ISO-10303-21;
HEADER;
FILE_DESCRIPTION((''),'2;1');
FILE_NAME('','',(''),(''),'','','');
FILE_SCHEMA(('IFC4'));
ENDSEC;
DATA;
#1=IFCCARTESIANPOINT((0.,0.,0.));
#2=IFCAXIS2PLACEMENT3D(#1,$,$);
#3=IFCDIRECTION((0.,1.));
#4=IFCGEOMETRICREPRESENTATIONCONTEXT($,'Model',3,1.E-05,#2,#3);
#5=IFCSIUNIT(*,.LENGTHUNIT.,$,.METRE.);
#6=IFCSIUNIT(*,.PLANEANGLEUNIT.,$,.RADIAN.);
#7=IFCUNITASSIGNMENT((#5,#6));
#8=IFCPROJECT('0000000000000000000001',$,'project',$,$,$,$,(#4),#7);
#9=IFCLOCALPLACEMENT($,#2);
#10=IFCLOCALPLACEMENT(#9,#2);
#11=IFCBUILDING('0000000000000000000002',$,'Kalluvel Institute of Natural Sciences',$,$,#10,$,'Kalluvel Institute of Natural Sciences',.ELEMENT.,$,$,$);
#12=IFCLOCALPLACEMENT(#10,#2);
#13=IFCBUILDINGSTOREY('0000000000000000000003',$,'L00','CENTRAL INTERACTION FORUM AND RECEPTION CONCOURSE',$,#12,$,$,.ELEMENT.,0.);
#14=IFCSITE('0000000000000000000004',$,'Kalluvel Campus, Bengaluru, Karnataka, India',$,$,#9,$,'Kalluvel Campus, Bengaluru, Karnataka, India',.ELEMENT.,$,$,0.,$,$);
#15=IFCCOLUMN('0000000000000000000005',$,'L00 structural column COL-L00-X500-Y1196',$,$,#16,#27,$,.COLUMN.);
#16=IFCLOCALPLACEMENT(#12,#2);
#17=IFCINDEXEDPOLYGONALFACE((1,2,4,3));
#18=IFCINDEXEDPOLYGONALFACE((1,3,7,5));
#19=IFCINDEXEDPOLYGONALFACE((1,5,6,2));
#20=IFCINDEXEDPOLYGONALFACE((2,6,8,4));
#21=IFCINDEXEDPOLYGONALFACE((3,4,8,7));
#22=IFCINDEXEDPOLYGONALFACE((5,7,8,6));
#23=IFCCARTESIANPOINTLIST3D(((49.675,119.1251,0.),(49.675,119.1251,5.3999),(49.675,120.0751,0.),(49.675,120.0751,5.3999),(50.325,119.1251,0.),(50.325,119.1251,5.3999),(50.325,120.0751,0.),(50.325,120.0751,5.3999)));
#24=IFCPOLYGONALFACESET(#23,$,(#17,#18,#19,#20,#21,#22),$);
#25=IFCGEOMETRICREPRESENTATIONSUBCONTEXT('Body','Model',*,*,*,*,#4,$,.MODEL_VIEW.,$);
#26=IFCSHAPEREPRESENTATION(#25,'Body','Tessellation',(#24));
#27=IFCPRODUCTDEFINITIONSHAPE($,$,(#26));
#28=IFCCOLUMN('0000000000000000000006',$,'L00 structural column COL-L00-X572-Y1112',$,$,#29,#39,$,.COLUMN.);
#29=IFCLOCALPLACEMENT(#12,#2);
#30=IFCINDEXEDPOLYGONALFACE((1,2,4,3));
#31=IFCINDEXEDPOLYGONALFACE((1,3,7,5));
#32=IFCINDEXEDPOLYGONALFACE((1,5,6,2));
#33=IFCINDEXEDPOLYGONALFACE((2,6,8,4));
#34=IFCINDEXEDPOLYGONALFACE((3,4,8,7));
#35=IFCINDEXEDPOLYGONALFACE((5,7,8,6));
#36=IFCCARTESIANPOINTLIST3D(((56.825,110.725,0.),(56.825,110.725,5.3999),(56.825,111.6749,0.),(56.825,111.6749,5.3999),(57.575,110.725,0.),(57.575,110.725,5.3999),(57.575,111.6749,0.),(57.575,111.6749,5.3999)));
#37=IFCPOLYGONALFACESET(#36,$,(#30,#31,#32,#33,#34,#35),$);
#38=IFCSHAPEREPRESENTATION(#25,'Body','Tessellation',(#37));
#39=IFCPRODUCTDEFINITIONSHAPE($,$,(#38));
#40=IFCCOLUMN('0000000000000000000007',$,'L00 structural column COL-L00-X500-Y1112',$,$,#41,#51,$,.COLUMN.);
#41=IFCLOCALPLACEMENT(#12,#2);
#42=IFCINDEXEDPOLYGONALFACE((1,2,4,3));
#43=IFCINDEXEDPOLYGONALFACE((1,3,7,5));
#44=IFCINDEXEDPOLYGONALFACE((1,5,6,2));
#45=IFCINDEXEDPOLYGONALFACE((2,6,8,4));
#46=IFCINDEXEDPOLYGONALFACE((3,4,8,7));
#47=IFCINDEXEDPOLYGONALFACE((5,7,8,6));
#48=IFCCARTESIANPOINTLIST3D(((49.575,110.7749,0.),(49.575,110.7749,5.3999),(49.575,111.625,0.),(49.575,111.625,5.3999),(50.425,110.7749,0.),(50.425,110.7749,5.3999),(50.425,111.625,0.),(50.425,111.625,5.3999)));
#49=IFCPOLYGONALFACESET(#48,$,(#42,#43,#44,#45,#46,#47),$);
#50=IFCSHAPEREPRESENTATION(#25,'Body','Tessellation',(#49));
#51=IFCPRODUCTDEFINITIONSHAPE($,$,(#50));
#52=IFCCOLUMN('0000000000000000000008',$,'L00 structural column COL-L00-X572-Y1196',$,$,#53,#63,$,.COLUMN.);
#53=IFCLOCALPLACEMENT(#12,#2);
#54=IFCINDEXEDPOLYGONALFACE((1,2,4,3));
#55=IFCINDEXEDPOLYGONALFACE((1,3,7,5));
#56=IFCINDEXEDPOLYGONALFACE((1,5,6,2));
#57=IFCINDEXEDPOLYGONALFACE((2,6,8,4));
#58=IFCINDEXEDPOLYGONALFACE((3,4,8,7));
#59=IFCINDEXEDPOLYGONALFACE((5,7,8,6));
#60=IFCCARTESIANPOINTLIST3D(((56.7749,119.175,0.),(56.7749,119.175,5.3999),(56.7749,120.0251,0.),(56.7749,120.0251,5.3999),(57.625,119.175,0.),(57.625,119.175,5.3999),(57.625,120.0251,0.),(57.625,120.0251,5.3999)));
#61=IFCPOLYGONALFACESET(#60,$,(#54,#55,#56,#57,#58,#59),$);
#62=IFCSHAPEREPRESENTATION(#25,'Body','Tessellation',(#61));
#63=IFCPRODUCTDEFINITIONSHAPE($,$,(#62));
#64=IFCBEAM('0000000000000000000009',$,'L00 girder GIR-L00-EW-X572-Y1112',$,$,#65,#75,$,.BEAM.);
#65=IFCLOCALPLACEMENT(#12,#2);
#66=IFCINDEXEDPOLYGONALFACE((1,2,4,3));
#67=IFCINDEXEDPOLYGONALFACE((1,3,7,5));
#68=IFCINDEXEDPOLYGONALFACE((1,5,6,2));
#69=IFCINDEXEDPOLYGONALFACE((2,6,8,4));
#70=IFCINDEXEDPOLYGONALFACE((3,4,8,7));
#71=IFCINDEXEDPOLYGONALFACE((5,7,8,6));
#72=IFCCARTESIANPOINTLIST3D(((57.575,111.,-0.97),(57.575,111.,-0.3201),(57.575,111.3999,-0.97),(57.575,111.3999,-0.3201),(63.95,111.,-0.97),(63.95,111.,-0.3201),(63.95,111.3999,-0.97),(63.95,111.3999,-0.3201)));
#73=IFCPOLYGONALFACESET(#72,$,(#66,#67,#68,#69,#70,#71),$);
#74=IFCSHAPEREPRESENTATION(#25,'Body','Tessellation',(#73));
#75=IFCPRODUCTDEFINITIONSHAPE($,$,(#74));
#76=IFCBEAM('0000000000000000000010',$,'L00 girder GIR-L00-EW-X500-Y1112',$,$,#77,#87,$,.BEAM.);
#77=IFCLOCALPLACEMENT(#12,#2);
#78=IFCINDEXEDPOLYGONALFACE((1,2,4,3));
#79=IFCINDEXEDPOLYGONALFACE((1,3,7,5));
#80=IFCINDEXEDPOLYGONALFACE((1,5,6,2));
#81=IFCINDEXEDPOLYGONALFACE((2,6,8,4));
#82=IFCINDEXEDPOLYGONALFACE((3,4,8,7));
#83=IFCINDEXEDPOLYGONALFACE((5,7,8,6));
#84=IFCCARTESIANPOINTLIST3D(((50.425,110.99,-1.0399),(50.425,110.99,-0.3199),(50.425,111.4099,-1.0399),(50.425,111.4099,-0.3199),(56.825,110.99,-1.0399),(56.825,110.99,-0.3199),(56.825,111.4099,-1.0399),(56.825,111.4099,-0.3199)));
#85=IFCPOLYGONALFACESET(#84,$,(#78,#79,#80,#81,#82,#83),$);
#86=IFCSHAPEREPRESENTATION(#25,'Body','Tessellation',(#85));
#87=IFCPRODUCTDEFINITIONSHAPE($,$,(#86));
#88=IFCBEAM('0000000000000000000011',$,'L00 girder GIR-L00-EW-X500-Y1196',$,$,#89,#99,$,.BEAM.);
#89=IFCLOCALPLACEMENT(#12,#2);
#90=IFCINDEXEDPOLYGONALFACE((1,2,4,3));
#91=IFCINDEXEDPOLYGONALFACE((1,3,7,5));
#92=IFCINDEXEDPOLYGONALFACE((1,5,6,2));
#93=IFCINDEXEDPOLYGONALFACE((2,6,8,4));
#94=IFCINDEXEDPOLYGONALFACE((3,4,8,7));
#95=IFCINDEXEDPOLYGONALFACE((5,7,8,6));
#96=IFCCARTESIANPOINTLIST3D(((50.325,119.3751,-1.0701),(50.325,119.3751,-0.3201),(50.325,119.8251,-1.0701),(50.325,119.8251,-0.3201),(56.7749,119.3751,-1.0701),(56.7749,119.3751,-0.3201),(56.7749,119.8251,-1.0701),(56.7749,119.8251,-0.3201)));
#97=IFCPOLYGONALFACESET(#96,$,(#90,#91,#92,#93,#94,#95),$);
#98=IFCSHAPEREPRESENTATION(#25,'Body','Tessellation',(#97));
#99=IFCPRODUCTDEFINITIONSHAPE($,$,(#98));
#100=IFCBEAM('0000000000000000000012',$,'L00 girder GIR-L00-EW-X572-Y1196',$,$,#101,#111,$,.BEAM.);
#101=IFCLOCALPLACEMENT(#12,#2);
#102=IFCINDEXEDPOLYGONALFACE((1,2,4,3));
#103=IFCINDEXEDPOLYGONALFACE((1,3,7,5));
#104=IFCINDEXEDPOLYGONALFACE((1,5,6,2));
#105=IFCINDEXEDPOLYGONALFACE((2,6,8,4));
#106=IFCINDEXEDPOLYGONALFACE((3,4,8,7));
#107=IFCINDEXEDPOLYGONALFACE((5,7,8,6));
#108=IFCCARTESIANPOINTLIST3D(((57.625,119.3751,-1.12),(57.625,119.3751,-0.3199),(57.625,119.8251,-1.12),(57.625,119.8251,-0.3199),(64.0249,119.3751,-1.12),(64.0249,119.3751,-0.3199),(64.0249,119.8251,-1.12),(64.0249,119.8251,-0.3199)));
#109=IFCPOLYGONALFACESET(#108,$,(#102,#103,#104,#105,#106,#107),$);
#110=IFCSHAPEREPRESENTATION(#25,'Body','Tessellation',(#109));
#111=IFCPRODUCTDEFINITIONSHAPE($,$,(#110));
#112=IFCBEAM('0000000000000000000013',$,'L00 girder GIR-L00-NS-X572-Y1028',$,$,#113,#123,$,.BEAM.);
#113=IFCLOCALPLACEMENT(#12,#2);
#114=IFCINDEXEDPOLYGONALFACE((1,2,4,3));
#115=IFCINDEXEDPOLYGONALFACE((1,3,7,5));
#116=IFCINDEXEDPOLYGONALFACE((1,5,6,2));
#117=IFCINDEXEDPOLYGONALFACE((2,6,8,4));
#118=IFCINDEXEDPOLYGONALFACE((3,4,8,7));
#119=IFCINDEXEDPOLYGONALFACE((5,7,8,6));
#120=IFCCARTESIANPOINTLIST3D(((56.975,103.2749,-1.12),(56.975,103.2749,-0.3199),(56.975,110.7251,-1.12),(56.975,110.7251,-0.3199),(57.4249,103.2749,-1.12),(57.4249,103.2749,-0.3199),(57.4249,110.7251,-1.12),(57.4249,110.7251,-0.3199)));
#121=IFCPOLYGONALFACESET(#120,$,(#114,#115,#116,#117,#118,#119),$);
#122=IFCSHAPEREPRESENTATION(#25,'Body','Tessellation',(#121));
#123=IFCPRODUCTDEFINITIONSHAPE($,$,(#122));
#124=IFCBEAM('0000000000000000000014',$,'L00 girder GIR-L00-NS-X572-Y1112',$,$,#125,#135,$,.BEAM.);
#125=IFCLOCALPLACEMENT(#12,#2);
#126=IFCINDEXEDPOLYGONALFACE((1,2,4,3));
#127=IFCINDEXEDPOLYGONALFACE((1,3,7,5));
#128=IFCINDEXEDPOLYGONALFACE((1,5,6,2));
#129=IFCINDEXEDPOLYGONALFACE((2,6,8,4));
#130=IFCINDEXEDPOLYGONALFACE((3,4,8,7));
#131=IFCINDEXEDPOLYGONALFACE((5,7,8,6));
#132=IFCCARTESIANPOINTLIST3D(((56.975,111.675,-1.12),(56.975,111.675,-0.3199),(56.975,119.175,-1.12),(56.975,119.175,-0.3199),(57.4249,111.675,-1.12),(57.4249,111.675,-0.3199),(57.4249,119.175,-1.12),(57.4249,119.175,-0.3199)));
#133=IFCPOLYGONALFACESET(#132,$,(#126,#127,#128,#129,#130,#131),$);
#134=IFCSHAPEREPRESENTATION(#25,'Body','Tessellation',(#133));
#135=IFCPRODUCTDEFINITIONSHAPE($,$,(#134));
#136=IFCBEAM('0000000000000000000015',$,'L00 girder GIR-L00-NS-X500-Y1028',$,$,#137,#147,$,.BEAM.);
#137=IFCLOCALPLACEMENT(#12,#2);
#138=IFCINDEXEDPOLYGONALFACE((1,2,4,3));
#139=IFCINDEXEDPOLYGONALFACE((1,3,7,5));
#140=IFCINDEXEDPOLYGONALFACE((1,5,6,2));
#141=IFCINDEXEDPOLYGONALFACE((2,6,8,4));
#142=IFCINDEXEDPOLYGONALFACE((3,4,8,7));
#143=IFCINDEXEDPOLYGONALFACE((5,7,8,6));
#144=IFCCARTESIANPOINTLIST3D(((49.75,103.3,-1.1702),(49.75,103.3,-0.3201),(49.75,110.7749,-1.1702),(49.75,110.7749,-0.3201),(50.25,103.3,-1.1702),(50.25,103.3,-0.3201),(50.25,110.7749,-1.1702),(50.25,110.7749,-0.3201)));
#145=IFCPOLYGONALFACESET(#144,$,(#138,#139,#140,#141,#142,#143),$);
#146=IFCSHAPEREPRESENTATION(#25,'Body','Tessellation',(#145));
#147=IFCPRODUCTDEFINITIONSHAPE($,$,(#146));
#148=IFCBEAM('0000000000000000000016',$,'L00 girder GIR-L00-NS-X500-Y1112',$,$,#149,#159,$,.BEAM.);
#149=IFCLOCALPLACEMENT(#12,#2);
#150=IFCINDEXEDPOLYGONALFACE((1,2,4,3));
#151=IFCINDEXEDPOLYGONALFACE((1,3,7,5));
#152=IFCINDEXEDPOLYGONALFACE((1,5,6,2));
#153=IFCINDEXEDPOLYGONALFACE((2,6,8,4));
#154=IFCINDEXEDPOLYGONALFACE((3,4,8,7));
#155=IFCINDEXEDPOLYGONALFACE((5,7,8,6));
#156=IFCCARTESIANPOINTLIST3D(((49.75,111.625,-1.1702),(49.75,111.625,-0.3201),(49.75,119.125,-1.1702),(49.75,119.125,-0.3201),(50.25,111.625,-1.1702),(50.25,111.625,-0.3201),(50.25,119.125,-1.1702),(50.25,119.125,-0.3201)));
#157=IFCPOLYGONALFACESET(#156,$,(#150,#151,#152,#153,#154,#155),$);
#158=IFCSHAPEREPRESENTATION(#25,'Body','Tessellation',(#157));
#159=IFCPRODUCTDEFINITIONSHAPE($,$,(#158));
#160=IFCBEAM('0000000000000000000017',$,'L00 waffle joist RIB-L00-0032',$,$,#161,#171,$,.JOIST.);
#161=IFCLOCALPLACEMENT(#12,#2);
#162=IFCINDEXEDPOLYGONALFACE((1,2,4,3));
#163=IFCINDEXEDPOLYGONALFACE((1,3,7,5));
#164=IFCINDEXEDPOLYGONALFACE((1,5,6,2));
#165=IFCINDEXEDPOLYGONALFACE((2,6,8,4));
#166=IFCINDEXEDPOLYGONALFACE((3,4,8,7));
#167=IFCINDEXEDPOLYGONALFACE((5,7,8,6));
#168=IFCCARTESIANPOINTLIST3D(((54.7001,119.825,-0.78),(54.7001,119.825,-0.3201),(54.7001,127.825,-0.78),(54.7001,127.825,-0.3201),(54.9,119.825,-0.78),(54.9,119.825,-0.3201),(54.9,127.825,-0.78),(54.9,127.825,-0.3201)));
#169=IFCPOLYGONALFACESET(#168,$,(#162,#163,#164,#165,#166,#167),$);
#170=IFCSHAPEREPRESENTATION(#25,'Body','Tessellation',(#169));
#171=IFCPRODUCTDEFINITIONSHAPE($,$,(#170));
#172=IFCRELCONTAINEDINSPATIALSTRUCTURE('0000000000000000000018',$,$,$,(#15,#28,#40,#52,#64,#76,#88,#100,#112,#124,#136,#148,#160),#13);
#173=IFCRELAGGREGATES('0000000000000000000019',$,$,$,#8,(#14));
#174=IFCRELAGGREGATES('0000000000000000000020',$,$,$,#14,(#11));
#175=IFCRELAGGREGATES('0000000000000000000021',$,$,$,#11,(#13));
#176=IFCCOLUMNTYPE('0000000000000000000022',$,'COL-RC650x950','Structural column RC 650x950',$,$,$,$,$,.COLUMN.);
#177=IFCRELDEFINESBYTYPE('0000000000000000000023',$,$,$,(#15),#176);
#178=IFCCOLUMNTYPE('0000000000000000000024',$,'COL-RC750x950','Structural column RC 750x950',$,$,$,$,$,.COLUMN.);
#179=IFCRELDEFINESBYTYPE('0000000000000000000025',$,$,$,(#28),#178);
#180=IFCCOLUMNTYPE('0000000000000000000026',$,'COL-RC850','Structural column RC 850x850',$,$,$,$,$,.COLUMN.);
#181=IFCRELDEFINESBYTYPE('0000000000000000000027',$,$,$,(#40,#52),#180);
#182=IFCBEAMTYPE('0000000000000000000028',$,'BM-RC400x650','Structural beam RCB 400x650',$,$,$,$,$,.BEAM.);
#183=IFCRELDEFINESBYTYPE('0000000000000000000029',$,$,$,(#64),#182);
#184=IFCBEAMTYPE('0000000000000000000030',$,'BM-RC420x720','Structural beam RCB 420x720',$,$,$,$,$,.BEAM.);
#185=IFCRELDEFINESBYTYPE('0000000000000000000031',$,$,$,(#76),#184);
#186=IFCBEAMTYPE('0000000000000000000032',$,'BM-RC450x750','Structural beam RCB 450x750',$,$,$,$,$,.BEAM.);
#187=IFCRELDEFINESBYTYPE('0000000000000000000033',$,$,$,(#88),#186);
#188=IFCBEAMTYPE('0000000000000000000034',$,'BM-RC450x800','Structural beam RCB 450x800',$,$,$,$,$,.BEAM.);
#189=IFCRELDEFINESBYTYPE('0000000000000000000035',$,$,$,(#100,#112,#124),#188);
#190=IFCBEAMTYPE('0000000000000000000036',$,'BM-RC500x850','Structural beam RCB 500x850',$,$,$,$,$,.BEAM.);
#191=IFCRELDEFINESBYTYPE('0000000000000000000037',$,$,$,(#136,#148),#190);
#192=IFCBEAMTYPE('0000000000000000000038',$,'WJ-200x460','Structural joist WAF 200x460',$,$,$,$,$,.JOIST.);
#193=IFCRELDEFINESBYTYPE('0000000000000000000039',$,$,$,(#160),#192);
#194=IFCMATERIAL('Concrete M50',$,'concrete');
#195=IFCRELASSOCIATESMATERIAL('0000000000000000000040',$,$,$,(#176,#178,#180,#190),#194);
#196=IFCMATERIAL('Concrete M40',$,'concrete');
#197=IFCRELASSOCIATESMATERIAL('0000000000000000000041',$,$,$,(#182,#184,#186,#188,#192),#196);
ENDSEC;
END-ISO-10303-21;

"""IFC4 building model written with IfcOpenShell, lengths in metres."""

from ifc_helpers import new_model, si_unit, direction, frame, origin, origin_2d, place, context, subcontext, project, spatial, rectangle, extrude, material, material_profile, profile_set, type_object, element, save


model = new_model("IFC4")

# Units and contexts
model_context = context("Model", 3, precision=1e-05, world=origin(), true_north=direction((0.0, 1.0)))
body_context = subcontext(model_context, "Body", "Model", "MODEL_VIEW")
ifc_project = project(units=[si_unit("LENGTHUNIT", "METRE"), si_unit("PLANEANGLEUNIT", "RADIAN")], contexts=[model_context])

# Site, building, storey
site_placement = place(None, origin())
site = spatial("IfcSite", under=ifc_project, at=site_placement, Name="Kalluvel Campus, Bengaluru, Karnataka, India", LongName="Kalluvel Campus, Bengaluru, Karnataka, India", CompositionType="ELEMENT", RefElevation=0.0)
building_placement = place(site_placement, origin())
building = spatial("IfcBuilding", under=site, at=building_placement, Name="Kalluvel Institute of Natural Sciences", LongName="Kalluvel Institute of Natural Sciences", CompositionType="ELEMENT")
storey_placement = place(building_placement, origin())
storey = spatial("IfcBuildingStorey", under=building, at=storey_placement, Name="L00", Description="CENTRAL INTERACTION FORUM AND RECEPTION CONCOURSE", CompositionType="ELEMENT", Elevation=0.0)

# Columns
ifc_material_1 = material(Name="Concrete M50", Category="concrete")
ifc_material_profile_1 = material_profile(ifc_material_1, rectangle(XDim=0.6499, YDim=0.95, at=origin_2d()), Name="RC 650x950")
ifc_profile_set_1 = profile_set([ifc_material_profile_1], Name="Concrete M50")
column_type_1 = type_object("IfcColumnType", Name="COL-RC650x950", Description="Structural column RC 650x950", PredefinedType="COLUMN", material=ifc_profile_set_1)
column_1_placement = place(storey_placement, frame((50.0, 119.6001, 0.0), z_axis=(0.0, 0.0, 1.0), x_axis=(1.0, 0.0, 0.0)))
element("IfcColumn", 1, at=column_1_placement, inside=storey, type_object=column_type_1, Name="L00 structural column COL-L00-X500-Y1196", PredefinedType="COLUMN", context=body_context, shape_type="SweptSolid", body=[
    extrude(rectangle(XDim=0.6499, YDim=0.95, at=origin_2d()), origin(), (0.0, 0.0, 1.0), 5.3999),
])
ifc_material_profile_2 = material_profile(ifc_material_1, rectangle(XDim=0.75, YDim=0.95, at=origin_2d()), Name="RC 750x950")
ifc_profile_set_2 = profile_set([ifc_material_profile_2], Name="Concrete M50")
column_type_2 = type_object("IfcColumnType", Name="COL-RC750x950", Description="Structural column RC 750x950", PredefinedType="COLUMN", material=ifc_profile_set_2)
column_2_placement = place(storey_placement, frame((57.2, 111.2, 0.0), z_axis=(0.0, 0.0, 1.0), x_axis=(1.0, 0.0, 0.0)))
element("IfcColumn", 2, at=column_2_placement, inside=storey, type_object=column_type_2, Name="L00 structural column COL-L00-X572-Y1112", PredefinedType="COLUMN", context=body_context, shape_type="SweptSolid", body=[
    extrude(rectangle(XDim=0.75, YDim=0.95, at=origin_2d()), origin(), (0.0, 0.0, 1.0), 5.3999),
])
ifc_material_profile_3 = material_profile(ifc_material_1, rectangle(XDim=0.8501, YDim=0.8501, at=origin_2d()), Name="RC 850x850")
ifc_profile_set_3 = profile_set([ifc_material_profile_3], Name="Concrete M50")
column_type_3 = type_object("IfcColumnType", Name="COL-RC850", Description="Structural column RC 850x850", PredefinedType="COLUMN", material=ifc_profile_set_3)
for number, where, z_axis, x_axis, name in (
    (3, (50.0, 111.2, 0.0), (0.0, 0.0, 1.0), (1.0, 0.0, 0.0), "L00 structural column COL-L00-X500-Y1112"),
    (4, (57.2, 119.6001, 0.0), (0.0, 0.0, 1.0), (1.0, 0.0, 0.0), "L00 structural column COL-L00-X572-Y1196"),
):
    element("IfcColumn", number, at=place(storey_placement, frame(where, z_axis=z_axis, x_axis=x_axis)), inside=storey, type_object=column_type_3, Name=name, PredefinedType="COLUMN", context=body_context, shape_type="SweptSolid", body=[
        extrude(rectangle(XDim=0.8501, YDim=0.8501, at=origin_2d()), origin(), (0.0, 0.0, 1.0), 5.3999),
    ])

# Beams
ifc_material_2 = material(Name="Concrete M40", Category="concrete")
ifc_material_profile_4 = material_profile(ifc_material_2, rectangle(XDim=0.3999, YDim=0.6499, at=origin_2d()), Name="RCB 400x650")
ifc_profile_set_4 = profile_set([ifc_material_profile_4], Name="Concrete M40")
beam_type_1 = type_object("IfcBeamType", Name="BM-RC400x650", Description="Structural beam RCB 400x650", PredefinedType="BEAM", material=ifc_profile_set_4)
beam_1_placement = place(storey_placement, frame((57.575, 111.2, -0.645), z_axis=(1.0, 0.0, 0.0), x_axis=(0.0, 1.0, 0.0)))
element("IfcBeam", 5, at=beam_1_placement, inside=storey, type_object=beam_type_1, Name="L00 girder GIR-L00-EW-X572-Y1112", PredefinedType="BEAM", context=body_context, shape_type="SweptSolid", body=[
    extrude(rectangle(XDim=0.3999, YDim=0.6499, at=origin_2d()), origin(), (0.0, 0.0, 1.0), 6.375),
])
ifc_material_profile_5 = material_profile(ifc_material_2, rectangle(XDim=0.4199, YDim=0.72, at=origin_2d()), Name="RCB 420x720")
ifc_profile_set_5 = profile_set([ifc_material_profile_5], Name="Concrete M40")
beam_type_2 = type_object("IfcBeamType", Name="BM-RC420x720", Description="Structural beam RCB 420x720", PredefinedType="BEAM", material=ifc_profile_set_5)
beam_2_placement = place(storey_placement, frame((50.425, 111.2, -0.6799), z_axis=(1.0, 0.0, 0.0), x_axis=(0.0, 1.0, 0.0)))
element("IfcBeam", 6, at=beam_2_placement, inside=storey, type_object=beam_type_2, Name="L00 girder GIR-L00-EW-X500-Y1112", PredefinedType="BEAM", context=body_context, shape_type="SweptSolid", body=[
    extrude(rectangle(XDim=0.4199, YDim=0.72, at=origin_2d()), origin(), (0.0, 0.0, 1.0), 6.3999),
])
ifc_material_profile_6 = material_profile(ifc_material_2, rectangle(XDim=0.45, YDim=0.75, at=origin_2d()), Name="RCB 450x750")
ifc_profile_set_6 = profile_set([ifc_material_profile_6], Name="Concrete M40")
beam_type_3 = type_object("IfcBeamType", Name="BM-RC450x750", Description="Structural beam RCB 450x750", PredefinedType="BEAM", material=ifc_profile_set_6)
beam_3_placement = place(storey_placement, frame((50.325, 119.6001, -0.6951), z_axis=(1.0, 0.0, 0.0), x_axis=(0.0, 1.0, 0.0)))
element("IfcBeam", 7, at=beam_3_placement, inside=storey, type_object=beam_type_3, Name="L00 girder GIR-L00-EW-X500-Y1196", PredefinedType="BEAM", context=body_context, shape_type="SweptSolid", body=[
    extrude(rectangle(XDim=0.45, YDim=0.75, at=origin_2d()), origin(), (0.0, 0.0, 1.0), 6.45),
])
ifc_material_profile_7 = material_profile(ifc_material_2, rectangle(XDim=0.45, YDim=0.8, at=origin_2d()), Name="RCB 450x800")
ifc_profile_set_7 = profile_set([ifc_material_profile_7], Name="Concrete M40")
beam_type_4 = type_object("IfcBeamType", Name="BM-RC450x800", Description="Structural beam RCB 450x800", PredefinedType="BEAM", material=ifc_profile_set_7)
beam_4_placement = place(storey_placement, frame((57.625, 119.6001, -0.72), z_axis=(1.0, 0.0, 0.0), x_axis=(0.0, 1.0, 0.0)))
element("IfcBeam", 8, at=beam_4_placement, inside=storey, type_object=beam_type_4, Name="L00 girder GIR-L00-EW-X572-Y1196", PredefinedType="BEAM", context=body_context, shape_type="SweptSolid", body=[
    extrude(rectangle(XDim=0.45, YDim=0.8, at=origin_2d()), origin(), (0.0, 0.0, 1.0), 6.3999),
])
beam_5_placement = place(storey_placement, frame((57.2, 103.2749, -0.72), z_axis=(0.0, 1.0, 0.0), x_axis=(-1.0, 0.0, 0.0)))
element("IfcBeam", 9, at=beam_5_placement, inside=storey, type_object=beam_type_4, Name="L00 girder GIR-L00-NS-X572-Y1028", PredefinedType="BEAM", context=body_context, shape_type="SweptSolid", body=[
    extrude(rectangle(XDim=0.45, YDim=0.8, at=origin_2d()), origin(), (0.0, 0.0, 1.0), 7.4502),
])
beam_6_placement = place(storey_placement, frame((57.2, 111.675, -0.72), z_axis=(0.0, 1.0, 0.0), x_axis=(-1.0, 0.0, 0.0)))
element("IfcBeam", 10, at=beam_6_placement, inside=storey, type_object=beam_type_4, Name="L00 girder GIR-L00-NS-X572-Y1112", PredefinedType="BEAM", context=body_context, shape_type="SweptSolid", body=[
    extrude(rectangle(XDim=0.45, YDim=0.8, at=origin_2d()), origin(), (0.0, 0.0, 1.0), 7.5),
])
ifc_material_profile_8 = material_profile(ifc_material_1, rectangle(XDim=0.5, YDim=0.8501, at=origin_2d()), Name="RCB 500x850")
ifc_profile_set_8 = profile_set([ifc_material_profile_8], Name="Concrete M50")
beam_type_5 = type_object("IfcBeamType", Name="BM-RC500x850", Description="Structural beam RCB 500x850", PredefinedType="BEAM", material=ifc_profile_set_8)
beam_7_placement = place(storey_placement, frame((50.0, 103.3, -0.7451), z_axis=(0.0, 1.0, 0.0), x_axis=(-1.0, 0.0, 0.0)))
element("IfcBeam", 11, at=beam_7_placement, inside=storey, type_object=beam_type_5, Name="L00 girder GIR-L00-NS-X500-Y1028", PredefinedType="BEAM", context=body_context, shape_type="SweptSolid", body=[
    extrude(rectangle(XDim=0.5, YDim=0.8501, at=origin_2d()), origin(), (0.0, 0.0, 1.0), 7.4749),
])
beam_8_placement = place(storey_placement, frame((50.0, 111.625, -0.7451), z_axis=(0.0, 1.0, 0.0), x_axis=(-1.0, 0.0, 0.0)))
element("IfcBeam", 12, at=beam_8_placement, inside=storey, type_object=beam_type_5, Name="L00 girder GIR-L00-NS-X500-Y1112", PredefinedType="BEAM", context=body_context, shape_type="SweptSolid", body=[
    extrude(rectangle(XDim=0.5, YDim=0.8501, at=origin_2d()), origin(), (0.0, 0.0, 1.0), 7.5),
])
ifc_material_profile_9 = material_profile(ifc_material_2, rectangle(XDim=0.2, YDim=0.46, at=origin_2d()), Name="WAF 200x460")
ifc_profile_set_9 = profile_set([ifc_material_profile_9], Name="Concrete M40")
beam_type_6 = type_object("IfcBeamType", Name="WJ-200x460", Description="Structural joist WAF 200x460", PredefinedType="JOIST", material=ifc_profile_set_9)
beam_9_placement = place(storey_placement, frame((54.8, 119.825, -0.55), z_axis=(0.0, 1.0, 0.0), x_axis=(-1.0, 0.0, 0.0)))
element("IfcBeam", 13, at=beam_9_placement, inside=storey, type_object=beam_type_6, Name="L00 waffle joist RIB-L00-0032", PredefinedType="JOIST", context=body_context, shape_type="SweptSolid", body=[
    extrude(rectangle(XDim=0.2, YDim=0.46, at=origin_2d()), origin(), (0.0, 0.0, 1.0), 8.0),
])

save(model, "model.ifc")
